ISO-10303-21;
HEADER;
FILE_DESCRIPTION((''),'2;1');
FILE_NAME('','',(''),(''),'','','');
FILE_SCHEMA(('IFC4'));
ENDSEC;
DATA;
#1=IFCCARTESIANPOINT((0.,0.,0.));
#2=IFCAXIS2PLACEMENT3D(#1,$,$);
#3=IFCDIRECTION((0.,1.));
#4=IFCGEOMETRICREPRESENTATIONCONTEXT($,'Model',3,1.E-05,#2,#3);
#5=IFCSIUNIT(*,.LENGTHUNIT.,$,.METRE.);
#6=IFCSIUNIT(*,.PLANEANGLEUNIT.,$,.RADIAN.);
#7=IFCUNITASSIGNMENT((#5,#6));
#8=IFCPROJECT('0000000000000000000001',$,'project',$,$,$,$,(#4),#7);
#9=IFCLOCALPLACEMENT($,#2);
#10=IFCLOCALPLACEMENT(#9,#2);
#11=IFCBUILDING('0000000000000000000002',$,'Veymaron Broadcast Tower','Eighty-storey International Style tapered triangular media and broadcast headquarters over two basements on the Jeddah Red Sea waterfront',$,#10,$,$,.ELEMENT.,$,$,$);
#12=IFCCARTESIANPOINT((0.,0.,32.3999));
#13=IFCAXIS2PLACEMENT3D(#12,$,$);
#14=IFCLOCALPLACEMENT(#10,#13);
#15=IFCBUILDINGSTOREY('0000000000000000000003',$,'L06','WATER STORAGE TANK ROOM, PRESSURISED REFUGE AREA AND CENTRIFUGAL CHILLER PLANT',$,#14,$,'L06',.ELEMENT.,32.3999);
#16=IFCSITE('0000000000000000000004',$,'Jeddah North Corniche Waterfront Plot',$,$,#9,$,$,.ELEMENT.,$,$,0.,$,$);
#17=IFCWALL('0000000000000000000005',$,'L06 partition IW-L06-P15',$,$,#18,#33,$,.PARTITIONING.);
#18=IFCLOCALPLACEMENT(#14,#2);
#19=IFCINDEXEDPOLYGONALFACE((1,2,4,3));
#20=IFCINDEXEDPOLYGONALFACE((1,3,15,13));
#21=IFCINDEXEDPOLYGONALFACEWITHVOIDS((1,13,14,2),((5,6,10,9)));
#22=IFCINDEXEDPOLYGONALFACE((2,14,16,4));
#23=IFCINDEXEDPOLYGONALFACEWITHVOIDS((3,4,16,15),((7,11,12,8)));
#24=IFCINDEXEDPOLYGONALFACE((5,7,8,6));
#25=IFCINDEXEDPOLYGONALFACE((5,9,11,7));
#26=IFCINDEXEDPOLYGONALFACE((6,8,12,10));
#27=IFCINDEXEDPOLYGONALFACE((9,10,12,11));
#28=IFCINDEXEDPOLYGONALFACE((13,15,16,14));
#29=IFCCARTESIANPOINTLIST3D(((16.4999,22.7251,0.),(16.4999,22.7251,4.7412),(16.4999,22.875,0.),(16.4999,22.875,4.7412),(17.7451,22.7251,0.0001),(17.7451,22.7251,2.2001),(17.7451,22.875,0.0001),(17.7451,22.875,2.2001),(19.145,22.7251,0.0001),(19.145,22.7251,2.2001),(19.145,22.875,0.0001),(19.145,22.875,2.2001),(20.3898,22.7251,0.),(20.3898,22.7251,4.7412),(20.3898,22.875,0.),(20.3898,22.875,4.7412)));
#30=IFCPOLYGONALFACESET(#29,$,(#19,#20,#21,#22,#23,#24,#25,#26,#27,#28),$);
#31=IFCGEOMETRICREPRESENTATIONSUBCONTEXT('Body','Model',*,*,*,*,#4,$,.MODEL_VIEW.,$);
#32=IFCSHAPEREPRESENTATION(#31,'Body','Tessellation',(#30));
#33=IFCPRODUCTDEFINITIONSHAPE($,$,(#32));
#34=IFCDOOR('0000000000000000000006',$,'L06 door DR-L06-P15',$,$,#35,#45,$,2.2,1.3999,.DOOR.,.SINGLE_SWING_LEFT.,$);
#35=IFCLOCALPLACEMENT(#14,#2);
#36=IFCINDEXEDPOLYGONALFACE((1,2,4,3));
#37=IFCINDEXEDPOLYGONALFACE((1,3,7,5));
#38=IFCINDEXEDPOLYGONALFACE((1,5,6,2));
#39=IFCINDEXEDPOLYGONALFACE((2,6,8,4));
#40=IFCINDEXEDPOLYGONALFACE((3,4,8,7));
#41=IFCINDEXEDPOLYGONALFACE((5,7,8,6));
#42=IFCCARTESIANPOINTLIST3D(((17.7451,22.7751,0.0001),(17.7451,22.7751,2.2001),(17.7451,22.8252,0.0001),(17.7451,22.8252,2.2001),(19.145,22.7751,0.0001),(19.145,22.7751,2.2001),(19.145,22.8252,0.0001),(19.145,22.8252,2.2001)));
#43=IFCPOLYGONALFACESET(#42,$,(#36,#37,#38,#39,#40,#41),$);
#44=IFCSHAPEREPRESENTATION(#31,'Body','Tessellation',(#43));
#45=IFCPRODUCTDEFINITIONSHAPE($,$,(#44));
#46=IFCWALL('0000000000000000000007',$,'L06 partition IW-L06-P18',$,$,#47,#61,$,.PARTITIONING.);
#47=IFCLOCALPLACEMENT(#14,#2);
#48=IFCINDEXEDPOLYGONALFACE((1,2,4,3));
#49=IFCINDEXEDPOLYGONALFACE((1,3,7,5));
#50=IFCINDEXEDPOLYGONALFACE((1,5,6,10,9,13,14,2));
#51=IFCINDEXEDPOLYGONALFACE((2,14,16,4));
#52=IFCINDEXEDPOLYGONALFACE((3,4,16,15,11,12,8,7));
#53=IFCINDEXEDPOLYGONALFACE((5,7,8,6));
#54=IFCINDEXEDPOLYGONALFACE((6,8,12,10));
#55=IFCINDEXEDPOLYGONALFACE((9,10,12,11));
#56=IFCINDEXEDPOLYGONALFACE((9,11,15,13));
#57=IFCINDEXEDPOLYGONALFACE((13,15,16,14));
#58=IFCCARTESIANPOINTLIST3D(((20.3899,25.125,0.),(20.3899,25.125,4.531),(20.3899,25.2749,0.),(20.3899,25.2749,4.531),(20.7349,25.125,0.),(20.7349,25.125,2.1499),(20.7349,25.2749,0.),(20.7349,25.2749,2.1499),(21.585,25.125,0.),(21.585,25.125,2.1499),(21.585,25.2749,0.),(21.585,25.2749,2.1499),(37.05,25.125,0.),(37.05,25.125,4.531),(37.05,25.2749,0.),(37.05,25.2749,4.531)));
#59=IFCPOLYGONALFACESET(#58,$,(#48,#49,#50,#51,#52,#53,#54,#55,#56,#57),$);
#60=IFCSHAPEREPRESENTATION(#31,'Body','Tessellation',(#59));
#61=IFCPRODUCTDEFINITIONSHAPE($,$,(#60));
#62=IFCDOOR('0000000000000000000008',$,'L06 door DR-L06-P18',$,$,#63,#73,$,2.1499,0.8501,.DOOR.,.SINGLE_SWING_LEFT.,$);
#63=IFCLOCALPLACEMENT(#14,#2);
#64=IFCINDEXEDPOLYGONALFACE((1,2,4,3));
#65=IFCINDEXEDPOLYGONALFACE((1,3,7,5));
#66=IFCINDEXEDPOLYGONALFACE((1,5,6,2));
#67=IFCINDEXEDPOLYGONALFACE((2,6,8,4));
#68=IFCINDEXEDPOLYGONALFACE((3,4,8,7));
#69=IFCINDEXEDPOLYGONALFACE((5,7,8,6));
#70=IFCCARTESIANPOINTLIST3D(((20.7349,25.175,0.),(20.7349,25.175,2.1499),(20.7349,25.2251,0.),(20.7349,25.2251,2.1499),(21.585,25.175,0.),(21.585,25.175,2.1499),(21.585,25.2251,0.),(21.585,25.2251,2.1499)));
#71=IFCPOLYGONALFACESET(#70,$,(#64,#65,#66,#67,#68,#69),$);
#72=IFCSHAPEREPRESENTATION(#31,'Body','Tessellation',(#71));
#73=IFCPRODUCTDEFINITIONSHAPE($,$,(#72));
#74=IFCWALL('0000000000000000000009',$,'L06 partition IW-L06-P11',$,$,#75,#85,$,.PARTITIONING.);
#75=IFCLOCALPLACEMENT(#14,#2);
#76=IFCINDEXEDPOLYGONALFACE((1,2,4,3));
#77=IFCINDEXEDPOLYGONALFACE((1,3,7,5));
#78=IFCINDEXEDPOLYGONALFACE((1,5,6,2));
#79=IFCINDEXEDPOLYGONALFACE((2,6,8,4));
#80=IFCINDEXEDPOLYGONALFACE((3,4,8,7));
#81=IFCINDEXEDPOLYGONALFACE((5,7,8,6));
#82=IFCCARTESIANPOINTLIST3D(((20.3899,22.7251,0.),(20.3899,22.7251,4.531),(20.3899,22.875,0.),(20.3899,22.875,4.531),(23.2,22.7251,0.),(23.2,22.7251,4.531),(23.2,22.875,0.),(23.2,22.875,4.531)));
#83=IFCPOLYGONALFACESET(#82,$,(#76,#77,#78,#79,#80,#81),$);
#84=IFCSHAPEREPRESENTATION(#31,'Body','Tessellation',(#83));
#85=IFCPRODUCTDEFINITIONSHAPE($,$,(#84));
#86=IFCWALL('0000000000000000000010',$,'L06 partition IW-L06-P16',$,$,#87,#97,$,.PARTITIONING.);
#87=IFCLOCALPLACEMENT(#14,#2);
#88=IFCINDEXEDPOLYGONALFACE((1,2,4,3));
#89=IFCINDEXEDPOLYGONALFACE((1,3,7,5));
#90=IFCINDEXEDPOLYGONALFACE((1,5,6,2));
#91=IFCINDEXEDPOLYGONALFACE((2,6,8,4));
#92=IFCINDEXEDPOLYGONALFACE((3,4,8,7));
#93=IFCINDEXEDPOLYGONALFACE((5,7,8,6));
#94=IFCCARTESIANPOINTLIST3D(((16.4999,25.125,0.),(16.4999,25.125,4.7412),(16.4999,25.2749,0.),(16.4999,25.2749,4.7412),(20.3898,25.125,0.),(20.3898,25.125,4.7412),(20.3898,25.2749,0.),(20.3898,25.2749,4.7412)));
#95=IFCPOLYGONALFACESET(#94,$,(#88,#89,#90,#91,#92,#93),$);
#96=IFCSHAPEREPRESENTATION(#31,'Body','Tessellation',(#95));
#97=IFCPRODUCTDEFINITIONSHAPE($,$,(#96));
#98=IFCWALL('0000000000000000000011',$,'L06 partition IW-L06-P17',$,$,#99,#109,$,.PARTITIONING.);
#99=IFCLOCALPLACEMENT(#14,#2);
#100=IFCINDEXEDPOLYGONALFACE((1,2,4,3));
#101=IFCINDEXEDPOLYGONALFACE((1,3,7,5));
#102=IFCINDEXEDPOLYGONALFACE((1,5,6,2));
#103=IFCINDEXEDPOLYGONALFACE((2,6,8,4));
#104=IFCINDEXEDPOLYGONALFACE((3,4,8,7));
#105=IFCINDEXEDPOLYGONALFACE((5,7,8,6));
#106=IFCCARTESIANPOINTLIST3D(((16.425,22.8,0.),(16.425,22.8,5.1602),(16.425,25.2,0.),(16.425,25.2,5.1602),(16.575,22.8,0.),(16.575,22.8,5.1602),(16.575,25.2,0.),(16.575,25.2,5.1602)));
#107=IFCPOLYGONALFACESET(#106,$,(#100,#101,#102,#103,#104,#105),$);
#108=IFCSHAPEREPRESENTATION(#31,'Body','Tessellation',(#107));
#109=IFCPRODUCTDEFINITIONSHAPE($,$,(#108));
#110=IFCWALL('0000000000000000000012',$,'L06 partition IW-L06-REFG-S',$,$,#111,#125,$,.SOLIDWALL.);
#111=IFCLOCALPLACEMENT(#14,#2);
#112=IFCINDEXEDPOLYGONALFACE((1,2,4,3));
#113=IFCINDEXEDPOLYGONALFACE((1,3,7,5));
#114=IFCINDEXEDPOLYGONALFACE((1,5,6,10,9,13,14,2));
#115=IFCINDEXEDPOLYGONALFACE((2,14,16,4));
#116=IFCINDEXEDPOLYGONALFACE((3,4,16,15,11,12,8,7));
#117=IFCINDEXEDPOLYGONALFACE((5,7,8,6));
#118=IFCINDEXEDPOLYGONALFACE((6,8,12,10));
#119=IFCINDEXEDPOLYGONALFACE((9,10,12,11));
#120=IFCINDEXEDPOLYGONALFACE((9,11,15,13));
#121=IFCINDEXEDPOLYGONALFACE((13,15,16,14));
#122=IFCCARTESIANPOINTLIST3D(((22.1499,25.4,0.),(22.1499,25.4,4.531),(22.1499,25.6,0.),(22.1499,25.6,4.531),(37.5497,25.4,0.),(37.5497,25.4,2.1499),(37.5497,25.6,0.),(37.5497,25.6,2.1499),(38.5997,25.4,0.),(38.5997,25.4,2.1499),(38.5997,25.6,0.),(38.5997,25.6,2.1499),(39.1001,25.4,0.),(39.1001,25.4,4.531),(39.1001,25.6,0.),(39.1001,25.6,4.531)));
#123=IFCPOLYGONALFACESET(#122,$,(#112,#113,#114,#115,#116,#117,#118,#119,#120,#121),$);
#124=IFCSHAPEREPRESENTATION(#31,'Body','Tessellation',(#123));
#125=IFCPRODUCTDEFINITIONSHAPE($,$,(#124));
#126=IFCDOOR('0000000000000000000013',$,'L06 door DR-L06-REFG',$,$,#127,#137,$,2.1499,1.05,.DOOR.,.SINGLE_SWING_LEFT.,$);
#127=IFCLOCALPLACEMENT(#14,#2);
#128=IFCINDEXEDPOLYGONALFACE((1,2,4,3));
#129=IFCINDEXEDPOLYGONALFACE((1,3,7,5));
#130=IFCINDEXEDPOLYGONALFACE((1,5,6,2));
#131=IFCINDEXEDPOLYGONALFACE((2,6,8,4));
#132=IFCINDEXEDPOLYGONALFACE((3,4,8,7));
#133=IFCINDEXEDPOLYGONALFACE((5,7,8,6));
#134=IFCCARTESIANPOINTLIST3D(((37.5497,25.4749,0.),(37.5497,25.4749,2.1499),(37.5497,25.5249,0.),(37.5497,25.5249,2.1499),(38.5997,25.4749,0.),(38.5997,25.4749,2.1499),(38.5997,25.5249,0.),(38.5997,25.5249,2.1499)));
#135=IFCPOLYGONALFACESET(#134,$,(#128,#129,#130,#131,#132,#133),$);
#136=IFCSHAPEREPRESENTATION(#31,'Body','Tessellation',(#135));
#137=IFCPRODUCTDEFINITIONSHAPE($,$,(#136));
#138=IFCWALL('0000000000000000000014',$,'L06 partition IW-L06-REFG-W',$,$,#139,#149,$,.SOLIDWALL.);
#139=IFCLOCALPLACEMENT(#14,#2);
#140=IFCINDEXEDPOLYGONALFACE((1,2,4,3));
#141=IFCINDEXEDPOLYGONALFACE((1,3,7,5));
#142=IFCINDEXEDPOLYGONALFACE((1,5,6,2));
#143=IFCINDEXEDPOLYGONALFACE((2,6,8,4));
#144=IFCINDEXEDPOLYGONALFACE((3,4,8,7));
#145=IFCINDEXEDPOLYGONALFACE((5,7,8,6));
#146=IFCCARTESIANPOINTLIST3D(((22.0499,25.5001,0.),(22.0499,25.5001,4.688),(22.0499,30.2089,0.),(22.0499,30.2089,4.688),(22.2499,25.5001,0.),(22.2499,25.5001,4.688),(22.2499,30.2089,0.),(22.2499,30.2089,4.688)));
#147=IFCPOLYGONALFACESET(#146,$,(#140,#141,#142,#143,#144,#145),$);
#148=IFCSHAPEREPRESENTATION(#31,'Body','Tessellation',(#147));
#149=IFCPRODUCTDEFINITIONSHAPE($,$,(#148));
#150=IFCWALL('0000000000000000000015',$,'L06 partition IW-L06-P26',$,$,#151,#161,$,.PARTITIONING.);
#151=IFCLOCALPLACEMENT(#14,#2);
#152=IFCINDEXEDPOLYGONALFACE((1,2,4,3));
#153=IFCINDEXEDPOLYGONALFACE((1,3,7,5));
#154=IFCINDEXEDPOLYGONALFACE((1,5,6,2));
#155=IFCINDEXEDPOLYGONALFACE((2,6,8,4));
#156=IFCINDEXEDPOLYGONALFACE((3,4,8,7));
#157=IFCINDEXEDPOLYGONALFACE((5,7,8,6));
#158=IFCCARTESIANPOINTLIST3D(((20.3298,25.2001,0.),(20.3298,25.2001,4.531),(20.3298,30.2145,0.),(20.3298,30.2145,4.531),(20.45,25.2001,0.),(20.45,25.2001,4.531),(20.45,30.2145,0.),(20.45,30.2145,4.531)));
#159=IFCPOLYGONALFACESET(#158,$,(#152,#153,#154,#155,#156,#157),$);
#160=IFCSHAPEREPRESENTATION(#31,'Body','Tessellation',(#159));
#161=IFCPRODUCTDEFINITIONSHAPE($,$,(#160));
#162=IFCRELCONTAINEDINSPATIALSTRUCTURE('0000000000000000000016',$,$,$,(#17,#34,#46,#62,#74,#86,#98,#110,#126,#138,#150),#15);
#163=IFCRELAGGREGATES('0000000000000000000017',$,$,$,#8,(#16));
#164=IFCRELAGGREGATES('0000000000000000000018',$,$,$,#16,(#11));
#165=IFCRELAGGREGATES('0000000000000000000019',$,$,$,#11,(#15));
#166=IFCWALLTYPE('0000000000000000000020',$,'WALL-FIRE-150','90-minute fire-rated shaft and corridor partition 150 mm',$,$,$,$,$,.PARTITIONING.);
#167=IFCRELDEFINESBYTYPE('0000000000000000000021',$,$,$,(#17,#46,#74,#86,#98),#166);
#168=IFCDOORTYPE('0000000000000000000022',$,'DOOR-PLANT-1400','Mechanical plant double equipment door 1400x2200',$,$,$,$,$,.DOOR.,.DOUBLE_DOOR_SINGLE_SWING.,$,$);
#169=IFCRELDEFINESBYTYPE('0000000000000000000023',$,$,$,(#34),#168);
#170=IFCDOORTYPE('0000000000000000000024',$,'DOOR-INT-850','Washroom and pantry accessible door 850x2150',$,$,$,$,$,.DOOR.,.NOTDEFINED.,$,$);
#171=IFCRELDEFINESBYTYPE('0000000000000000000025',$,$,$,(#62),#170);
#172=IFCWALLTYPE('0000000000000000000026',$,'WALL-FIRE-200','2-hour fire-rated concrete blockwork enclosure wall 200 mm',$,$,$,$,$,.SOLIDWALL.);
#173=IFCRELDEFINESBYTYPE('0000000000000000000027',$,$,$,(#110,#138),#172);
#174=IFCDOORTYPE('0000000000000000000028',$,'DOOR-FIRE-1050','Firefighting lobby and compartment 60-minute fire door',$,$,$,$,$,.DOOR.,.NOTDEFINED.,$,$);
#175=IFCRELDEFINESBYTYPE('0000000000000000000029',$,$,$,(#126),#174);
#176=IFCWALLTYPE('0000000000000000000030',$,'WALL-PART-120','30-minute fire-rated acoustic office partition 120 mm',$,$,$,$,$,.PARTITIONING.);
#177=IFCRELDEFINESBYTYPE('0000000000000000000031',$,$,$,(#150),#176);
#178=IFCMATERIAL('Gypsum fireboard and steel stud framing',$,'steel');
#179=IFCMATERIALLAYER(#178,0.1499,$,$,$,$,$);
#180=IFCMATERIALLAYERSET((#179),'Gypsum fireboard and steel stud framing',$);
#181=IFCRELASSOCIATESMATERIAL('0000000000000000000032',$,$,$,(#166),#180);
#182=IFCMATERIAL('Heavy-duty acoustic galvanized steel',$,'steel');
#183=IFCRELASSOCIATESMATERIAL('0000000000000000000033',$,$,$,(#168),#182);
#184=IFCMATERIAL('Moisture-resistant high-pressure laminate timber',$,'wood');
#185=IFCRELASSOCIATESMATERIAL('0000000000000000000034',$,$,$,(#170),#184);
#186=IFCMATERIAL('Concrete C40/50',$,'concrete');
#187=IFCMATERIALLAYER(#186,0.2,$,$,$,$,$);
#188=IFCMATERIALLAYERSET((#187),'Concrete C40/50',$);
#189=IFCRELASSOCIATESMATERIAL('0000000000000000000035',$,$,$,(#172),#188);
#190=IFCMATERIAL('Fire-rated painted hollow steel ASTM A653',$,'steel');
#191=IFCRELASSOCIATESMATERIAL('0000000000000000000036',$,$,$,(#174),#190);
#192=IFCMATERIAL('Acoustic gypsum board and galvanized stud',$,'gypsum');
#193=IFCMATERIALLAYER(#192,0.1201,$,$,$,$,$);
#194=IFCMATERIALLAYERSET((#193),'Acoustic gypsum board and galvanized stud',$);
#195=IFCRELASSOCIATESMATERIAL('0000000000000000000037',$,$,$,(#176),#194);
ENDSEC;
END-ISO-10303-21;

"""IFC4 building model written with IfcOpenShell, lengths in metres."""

from ifc_helpers import new_model, si_unit, direction, frame, frame_2d, origin, place, context, subcontext, project, spatial, rectangle, extrude, material, layer, layer_set, type_object, element, fill, save


model = new_model("IFC4")

# Units and contexts
model_context = context("Model", 3, precision=1e-05, world=origin(), true_north=direction((0.0, 1.0)))
body_context = subcontext(model_context, "Body", "Model", "MODEL_VIEW")
ifc_project = project(units=[si_unit("LENGTHUNIT", "METRE"), si_unit("PLANEANGLEUNIT", "RADIAN")], contexts=[model_context])

# Site, building, storey
site_placement = place(None, origin())
site = spatial("IfcSite", under=ifc_project, at=site_placement, Name="Jeddah North Corniche Waterfront Plot", CompositionType="ELEMENT", RefElevation=0.0)
building_placement = place(site_placement, origin())
building = spatial("IfcBuilding", under=site, at=building_placement, Name="Veymaron Broadcast Tower", Description="Eighty-storey International Style tapered triangular media and broadcast headquarters over two basements on the Jeddah Red Sea waterfront", CompositionType="ELEMENT")
storey_placement = place(building_placement, frame((0.0, 0.0, 32.3999)))
storey = spatial("IfcBuildingStorey", under=building, at=storey_placement, Name="L06", Description="WATER STORAGE TANK ROOM, PRESSURISED REFUGE AREA AND CENTRIFUGAL CHILLER PLANT", LongName="L06", CompositionType="ELEMENT", Elevation=32.3999)

# Walls, openings, doors
ifc_material_1 = material(Name="Gypsum fireboard and steel stud framing", Category="steel")
ifc_layer_1 = layer(ifc_material_1, 0.1499)
ifc_layer_set_1 = layer_set([ifc_layer_1], Name="Gypsum fireboard and steel stud framing")
wall_type_1 = type_object("IfcWallType", Name="WALL-FIRE-150", Description="90-minute fire-rated shaft and corridor partition 150 mm", PredefinedType="PARTITIONING", material=ifc_layer_set_1)
ifc_material_2 = material(Name="Heavy-duty acoustic galvanized steel", Category="steel")
door_type_1 = type_object("IfcDoorType", Name="DOOR-PLANT-1400", Description="Mechanical plant double equipment door 1400x2200", OperationType="DOUBLE_DOOR_SINGLE_SWING", PredefinedType="DOOR", material=ifc_material_2)
wall_1_placement = place(storey_placement, frame((16.5, 22.8, 0.0), z_axis=(0.0, 0.0, 1.0), x_axis=(1.0, 0.0, 0.0)))
wall_1 = element("IfcWall", 1, at=wall_1_placement, inside=storey, type_object=wall_type_1, Name="L06 partition IW-L06-P15", PredefinedType="PARTITIONING", context=body_context, shape_type="SweptSolid", body=[
    extrude(rectangle(XDim=3.8899, YDim=0.1499, at=frame_2d((1.9448, 0.0))), origin(), (0.0, 0.0, 1.0), 4.7412),
])
opening_1_placement = place(wall_1_placement, frame((1.2451, 0.0, 0.0)))
opening_1 = element("IfcOpeningElement", 2, at=opening_1_placement, cuts=wall_1, PredefinedType="OPENING", context=body_context, shape_type="SweptSolid", body=[
    extrude(rectangle(XDim=1.3999, YDim=2.2, at=frame_2d((0.7, 1.1001))), frame((0.0, 0.085, 0.0), z_axis=(0.0, -1.0, 0.0), x_axis=(1.0, 0.0, 0.0)), (0.0, 0.0, 1.0), 0.1699),
])
door_1_placement = place(opening_1_placement, frame((1.3999, 0.0, 0.0), z_axis=(0.0, 0.0, 1.0), x_axis=(-1.0, 0.0, 0.0)))
door_1 = element("IfcDoor", 3, at=door_1_placement, inside=storey, type_object=door_type_1, Name="L06 door DR-L06-P15", OperationType="SINGLE_SWING_LEFT", OverallHeight=2.2, OverallWidth=1.3999, PredefinedType="DOOR", context=body_context, shape_type="SweptSolid", body=[
    extrude(rectangle(XDim=1.3999, YDim=2.2, at=frame_2d((0.7, 1.1001))), frame((0.0, 0.0249, 0.0), z_axis=(0.0, -1.0, 0.0), x_axis=(1.0, 0.0, 0.0)), (0.0, 0.0, 1.0), 0.05),
])
fill(opening_1, door_1)
wall_2_placement = place(storey_placement, frame((20.3899, 25.2, 0.0), z_axis=(0.0, 0.0, 1.0), x_axis=(1.0, 0.0, 0.0)))
wall_2 = element("IfcWall", 4, at=wall_2_placement, inside=storey, type_object=wall_type_1, Name="L06 partition IW-L06-P18", PredefinedType="PARTITIONING", context=body_context, shape_type="SweptSolid", body=[
    extrude(rectangle(XDim=16.6602, YDim=0.1499, at=frame_2d((8.3301, 0.0))), origin(), (0.0, 0.0, 1.0), 4.531),
])
opening_2_placement = place(wall_2_placement, frame((0.345, 0.0, 0.0)))
opening_2 = element("IfcOpeningElement", 5, at=opening_2_placement, cuts=wall_2, PredefinedType="OPENING", context=body_context, shape_type="SweptSolid", body=[
    extrude(rectangle(XDim=0.8501, YDim=2.1499, at=frame_2d((0.425, 1.075))), frame((0.0, 0.085, 0.0), z_axis=(0.0, -1.0, 0.0), x_axis=(1.0, 0.0, 0.0)), (0.0, 0.0, 1.0), 0.1699),
])
ifc_material_3 = material(Name="Moisture-resistant high-pressure laminate timber", Category="wood")
door_type_2 = type_object("IfcDoorType", Name="DOOR-INT-850", Description="Washroom and pantry accessible door 850x2150", OperationType="NOTDEFINED", PredefinedType="DOOR", material=ifc_material_3)
door_2_placement = place(opening_2_placement, frame((0.8501, 0.0, 0.0), z_axis=(0.0, 0.0, 1.0), x_axis=(-1.0, 0.0, 0.0)))
door_2 = element("IfcDoor", 6, at=door_2_placement, inside=storey, type_object=door_type_2, Name="L06 door DR-L06-P18", OperationType="SINGLE_SWING_LEFT", OverallHeight=2.1499, OverallWidth=0.8501, PredefinedType="DOOR", context=body_context, shape_type="SweptSolid", body=[
    extrude(rectangle(XDim=0.8501, YDim=2.1499, at=frame_2d((0.425, 1.075))), frame((0.0, 0.0249, 0.0), z_axis=(0.0, -1.0, 0.0), x_axis=(1.0, 0.0, 0.0)), (0.0, 0.0, 1.0), 0.05),
])
fill(opening_2, door_2)

# Walls
wall_3_placement = place(storey_placement, frame((20.3899, 22.8, 0.0), z_axis=(0.0, 0.0, 1.0), x_axis=(1.0, 0.0, 0.0)))
element("IfcWall", 7, at=wall_3_placement, inside=storey, type_object=wall_type_1, Name="L06 partition IW-L06-P11", PredefinedType="PARTITIONING", context=body_context, shape_type="SweptSolid", body=[
    extrude(rectangle(XDim=2.8101, YDim=0.1499, at=frame_2d((1.405, 0.0))), origin(), (0.0, 0.0, 1.0), 4.531),
])
wall_4_placement = place(storey_placement, frame((16.5, 25.2, 0.0), z_axis=(0.0, 0.0, 1.0), x_axis=(1.0, 0.0, 0.0)))
element("IfcWall", 8, at=wall_4_placement, inside=storey, type_object=wall_type_1, Name="L06 partition IW-L06-P16", PredefinedType="PARTITIONING", context=body_context, shape_type="SweptSolid", body=[
    extrude(rectangle(XDim=3.8899, YDim=0.1499, at=frame_2d((1.9448, 0.0))), origin(), (0.0, 0.0, 1.0), 4.7412),
])
wall_5_placement = place(storey_placement, frame((16.5, 22.8, 0.0), z_axis=(0.0, 0.0, 1.0), x_axis=(0.0, 1.0, 0.0)))
element("IfcWall", 9, at=wall_5_placement, inside=storey, type_object=wall_type_1, Name="L06 partition IW-L06-P17", PredefinedType="PARTITIONING", context=body_context, shape_type="SweptSolid", body=[
    extrude(rectangle(XDim=2.3999, YDim=0.1499, at=frame_2d((1.2, 0.0))), origin(), (0.0, 0.0, 1.0), 5.1602),
])

# Wall, opening, door
ifc_material_4 = material(Name="Concrete C40/50", Category="concrete")
ifc_layer_2 = layer(ifc_material_4, 0.2)
ifc_layer_set_2 = layer_set([ifc_layer_2], Name="Concrete C40/50")
wall_type_2 = type_object("IfcWallType", Name="WALL-FIRE-200", Description="2-hour fire-rated concrete blockwork enclosure wall 200 mm", PredefinedType="SOLIDWALL", material=ifc_layer_set_2)
wall_6_placement = place(storey_placement, frame((22.1499, 25.5, 0.0), z_axis=(0.0, 0.0, 1.0), x_axis=(1.0, 0.0, 0.0)))
wall_6 = element("IfcWall", 10, at=wall_6_placement, inside=storey, type_object=wall_type_2, Name="L06 partition IW-L06-REFG-S", PredefinedType="SOLIDWALL", context=body_context, shape_type="SweptSolid", body=[
    extrude(rectangle(XDim=16.9502, YDim=0.2, at=frame_2d((8.4751, 0.0))), origin(), (0.0, 0.0, 1.0), 4.531),
])
opening_3_placement = place(wall_6_placement, frame((15.3999, 0.0, 0.0)))
opening_3 = element("IfcOpeningElement", 11, at=opening_3_placement, cuts=wall_6, PredefinedType="OPENING", context=body_context, shape_type="SweptSolid", body=[
    extrude(rectangle(XDim=1.05, YDim=2.1499, at=frame_2d((0.5249, 1.075))), frame((0.0, 0.1099, 0.0), z_axis=(0.0, -1.0, 0.0), x_axis=(1.0, 0.0, 0.0)), (0.0, 0.0, 1.0), 0.22),
])
ifc_material_5 = material(Name="Fire-rated painted hollow steel ASTM A653", Category="steel")
door_type_3 = type_object("IfcDoorType", Name="DOOR-FIRE-1050", Description="Firefighting lobby and compartment 60-minute fire door", OperationType="NOTDEFINED", PredefinedType="DOOR", material=ifc_material_5)
door_3_placement = place(opening_3_placement, origin())
door_3 = element("IfcDoor", 12, at=door_3_placement, inside=storey, type_object=door_type_3, Name="L06 door DR-L06-REFG", OperationType="SINGLE_SWING_LEFT", OverallHeight=2.1499, OverallWidth=1.05, PredefinedType="DOOR", context=body_context, shape_type="SweptSolid", body=[
    extrude(rectangle(XDim=1.05, YDim=2.1499, at=frame_2d((0.5249, 1.075))), frame((0.0, 0.0249, 0.0), z_axis=(0.0, -1.0, 0.0), x_axis=(1.0, 0.0, 0.0)), (0.0, 0.0, 1.0), 0.05),
])
fill(opening_3, door_3)

# Walls
wall_7_placement = place(storey_placement, frame((22.1499, 25.5, 0.0), z_axis=(0.0, 0.0, 1.0), x_axis=(0.0, 1.0, 0.0)))
element("IfcWall", 13, at=wall_7_placement, inside=storey, type_object=wall_type_2, Name="L06 partition IW-L06-REFG-W", PredefinedType="SOLIDWALL", context=body_context, shape_type="SweptSolid", body=[
    extrude(rectangle(XDim=4.7087, YDim=0.2, at=frame_2d((2.3545, 0.0))), origin(), (0.0, 0.0, 1.0), 4.688),
])
ifc_material_6 = material(Name="Acoustic gypsum board and galvanized stud", Category="gypsum")
ifc_layer_3 = layer(ifc_material_6, 0.1201)
ifc_layer_set_3 = layer_set([ifc_layer_3], Name="Acoustic gypsum board and galvanized stud")
wall_type_3 = type_object("IfcWallType", Name="WALL-PART-120", Description="30-minute fire-rated acoustic office partition 120 mm", PredefinedType="PARTITIONING", material=ifc_layer_set_3)
wall_8_placement = place(storey_placement, frame((20.3899, 25.2, 0.0), z_axis=(0.0, 0.0, 1.0), x_axis=(0.0, 1.0, 0.0)))
element("IfcWall", 14, at=wall_8_placement, inside=storey, type_object=wall_type_3, Name="L06 partition IW-L06-P26", PredefinedType="PARTITIONING", context=body_context, shape_type="SweptSolid", body=[
    extrude(rectangle(XDim=5.0144, YDim=0.1201, at=frame_2d((2.5073, 0.0))), origin(), (0.0, 0.0, 1.0), 4.531),
])

save(model, "model.ifc")
